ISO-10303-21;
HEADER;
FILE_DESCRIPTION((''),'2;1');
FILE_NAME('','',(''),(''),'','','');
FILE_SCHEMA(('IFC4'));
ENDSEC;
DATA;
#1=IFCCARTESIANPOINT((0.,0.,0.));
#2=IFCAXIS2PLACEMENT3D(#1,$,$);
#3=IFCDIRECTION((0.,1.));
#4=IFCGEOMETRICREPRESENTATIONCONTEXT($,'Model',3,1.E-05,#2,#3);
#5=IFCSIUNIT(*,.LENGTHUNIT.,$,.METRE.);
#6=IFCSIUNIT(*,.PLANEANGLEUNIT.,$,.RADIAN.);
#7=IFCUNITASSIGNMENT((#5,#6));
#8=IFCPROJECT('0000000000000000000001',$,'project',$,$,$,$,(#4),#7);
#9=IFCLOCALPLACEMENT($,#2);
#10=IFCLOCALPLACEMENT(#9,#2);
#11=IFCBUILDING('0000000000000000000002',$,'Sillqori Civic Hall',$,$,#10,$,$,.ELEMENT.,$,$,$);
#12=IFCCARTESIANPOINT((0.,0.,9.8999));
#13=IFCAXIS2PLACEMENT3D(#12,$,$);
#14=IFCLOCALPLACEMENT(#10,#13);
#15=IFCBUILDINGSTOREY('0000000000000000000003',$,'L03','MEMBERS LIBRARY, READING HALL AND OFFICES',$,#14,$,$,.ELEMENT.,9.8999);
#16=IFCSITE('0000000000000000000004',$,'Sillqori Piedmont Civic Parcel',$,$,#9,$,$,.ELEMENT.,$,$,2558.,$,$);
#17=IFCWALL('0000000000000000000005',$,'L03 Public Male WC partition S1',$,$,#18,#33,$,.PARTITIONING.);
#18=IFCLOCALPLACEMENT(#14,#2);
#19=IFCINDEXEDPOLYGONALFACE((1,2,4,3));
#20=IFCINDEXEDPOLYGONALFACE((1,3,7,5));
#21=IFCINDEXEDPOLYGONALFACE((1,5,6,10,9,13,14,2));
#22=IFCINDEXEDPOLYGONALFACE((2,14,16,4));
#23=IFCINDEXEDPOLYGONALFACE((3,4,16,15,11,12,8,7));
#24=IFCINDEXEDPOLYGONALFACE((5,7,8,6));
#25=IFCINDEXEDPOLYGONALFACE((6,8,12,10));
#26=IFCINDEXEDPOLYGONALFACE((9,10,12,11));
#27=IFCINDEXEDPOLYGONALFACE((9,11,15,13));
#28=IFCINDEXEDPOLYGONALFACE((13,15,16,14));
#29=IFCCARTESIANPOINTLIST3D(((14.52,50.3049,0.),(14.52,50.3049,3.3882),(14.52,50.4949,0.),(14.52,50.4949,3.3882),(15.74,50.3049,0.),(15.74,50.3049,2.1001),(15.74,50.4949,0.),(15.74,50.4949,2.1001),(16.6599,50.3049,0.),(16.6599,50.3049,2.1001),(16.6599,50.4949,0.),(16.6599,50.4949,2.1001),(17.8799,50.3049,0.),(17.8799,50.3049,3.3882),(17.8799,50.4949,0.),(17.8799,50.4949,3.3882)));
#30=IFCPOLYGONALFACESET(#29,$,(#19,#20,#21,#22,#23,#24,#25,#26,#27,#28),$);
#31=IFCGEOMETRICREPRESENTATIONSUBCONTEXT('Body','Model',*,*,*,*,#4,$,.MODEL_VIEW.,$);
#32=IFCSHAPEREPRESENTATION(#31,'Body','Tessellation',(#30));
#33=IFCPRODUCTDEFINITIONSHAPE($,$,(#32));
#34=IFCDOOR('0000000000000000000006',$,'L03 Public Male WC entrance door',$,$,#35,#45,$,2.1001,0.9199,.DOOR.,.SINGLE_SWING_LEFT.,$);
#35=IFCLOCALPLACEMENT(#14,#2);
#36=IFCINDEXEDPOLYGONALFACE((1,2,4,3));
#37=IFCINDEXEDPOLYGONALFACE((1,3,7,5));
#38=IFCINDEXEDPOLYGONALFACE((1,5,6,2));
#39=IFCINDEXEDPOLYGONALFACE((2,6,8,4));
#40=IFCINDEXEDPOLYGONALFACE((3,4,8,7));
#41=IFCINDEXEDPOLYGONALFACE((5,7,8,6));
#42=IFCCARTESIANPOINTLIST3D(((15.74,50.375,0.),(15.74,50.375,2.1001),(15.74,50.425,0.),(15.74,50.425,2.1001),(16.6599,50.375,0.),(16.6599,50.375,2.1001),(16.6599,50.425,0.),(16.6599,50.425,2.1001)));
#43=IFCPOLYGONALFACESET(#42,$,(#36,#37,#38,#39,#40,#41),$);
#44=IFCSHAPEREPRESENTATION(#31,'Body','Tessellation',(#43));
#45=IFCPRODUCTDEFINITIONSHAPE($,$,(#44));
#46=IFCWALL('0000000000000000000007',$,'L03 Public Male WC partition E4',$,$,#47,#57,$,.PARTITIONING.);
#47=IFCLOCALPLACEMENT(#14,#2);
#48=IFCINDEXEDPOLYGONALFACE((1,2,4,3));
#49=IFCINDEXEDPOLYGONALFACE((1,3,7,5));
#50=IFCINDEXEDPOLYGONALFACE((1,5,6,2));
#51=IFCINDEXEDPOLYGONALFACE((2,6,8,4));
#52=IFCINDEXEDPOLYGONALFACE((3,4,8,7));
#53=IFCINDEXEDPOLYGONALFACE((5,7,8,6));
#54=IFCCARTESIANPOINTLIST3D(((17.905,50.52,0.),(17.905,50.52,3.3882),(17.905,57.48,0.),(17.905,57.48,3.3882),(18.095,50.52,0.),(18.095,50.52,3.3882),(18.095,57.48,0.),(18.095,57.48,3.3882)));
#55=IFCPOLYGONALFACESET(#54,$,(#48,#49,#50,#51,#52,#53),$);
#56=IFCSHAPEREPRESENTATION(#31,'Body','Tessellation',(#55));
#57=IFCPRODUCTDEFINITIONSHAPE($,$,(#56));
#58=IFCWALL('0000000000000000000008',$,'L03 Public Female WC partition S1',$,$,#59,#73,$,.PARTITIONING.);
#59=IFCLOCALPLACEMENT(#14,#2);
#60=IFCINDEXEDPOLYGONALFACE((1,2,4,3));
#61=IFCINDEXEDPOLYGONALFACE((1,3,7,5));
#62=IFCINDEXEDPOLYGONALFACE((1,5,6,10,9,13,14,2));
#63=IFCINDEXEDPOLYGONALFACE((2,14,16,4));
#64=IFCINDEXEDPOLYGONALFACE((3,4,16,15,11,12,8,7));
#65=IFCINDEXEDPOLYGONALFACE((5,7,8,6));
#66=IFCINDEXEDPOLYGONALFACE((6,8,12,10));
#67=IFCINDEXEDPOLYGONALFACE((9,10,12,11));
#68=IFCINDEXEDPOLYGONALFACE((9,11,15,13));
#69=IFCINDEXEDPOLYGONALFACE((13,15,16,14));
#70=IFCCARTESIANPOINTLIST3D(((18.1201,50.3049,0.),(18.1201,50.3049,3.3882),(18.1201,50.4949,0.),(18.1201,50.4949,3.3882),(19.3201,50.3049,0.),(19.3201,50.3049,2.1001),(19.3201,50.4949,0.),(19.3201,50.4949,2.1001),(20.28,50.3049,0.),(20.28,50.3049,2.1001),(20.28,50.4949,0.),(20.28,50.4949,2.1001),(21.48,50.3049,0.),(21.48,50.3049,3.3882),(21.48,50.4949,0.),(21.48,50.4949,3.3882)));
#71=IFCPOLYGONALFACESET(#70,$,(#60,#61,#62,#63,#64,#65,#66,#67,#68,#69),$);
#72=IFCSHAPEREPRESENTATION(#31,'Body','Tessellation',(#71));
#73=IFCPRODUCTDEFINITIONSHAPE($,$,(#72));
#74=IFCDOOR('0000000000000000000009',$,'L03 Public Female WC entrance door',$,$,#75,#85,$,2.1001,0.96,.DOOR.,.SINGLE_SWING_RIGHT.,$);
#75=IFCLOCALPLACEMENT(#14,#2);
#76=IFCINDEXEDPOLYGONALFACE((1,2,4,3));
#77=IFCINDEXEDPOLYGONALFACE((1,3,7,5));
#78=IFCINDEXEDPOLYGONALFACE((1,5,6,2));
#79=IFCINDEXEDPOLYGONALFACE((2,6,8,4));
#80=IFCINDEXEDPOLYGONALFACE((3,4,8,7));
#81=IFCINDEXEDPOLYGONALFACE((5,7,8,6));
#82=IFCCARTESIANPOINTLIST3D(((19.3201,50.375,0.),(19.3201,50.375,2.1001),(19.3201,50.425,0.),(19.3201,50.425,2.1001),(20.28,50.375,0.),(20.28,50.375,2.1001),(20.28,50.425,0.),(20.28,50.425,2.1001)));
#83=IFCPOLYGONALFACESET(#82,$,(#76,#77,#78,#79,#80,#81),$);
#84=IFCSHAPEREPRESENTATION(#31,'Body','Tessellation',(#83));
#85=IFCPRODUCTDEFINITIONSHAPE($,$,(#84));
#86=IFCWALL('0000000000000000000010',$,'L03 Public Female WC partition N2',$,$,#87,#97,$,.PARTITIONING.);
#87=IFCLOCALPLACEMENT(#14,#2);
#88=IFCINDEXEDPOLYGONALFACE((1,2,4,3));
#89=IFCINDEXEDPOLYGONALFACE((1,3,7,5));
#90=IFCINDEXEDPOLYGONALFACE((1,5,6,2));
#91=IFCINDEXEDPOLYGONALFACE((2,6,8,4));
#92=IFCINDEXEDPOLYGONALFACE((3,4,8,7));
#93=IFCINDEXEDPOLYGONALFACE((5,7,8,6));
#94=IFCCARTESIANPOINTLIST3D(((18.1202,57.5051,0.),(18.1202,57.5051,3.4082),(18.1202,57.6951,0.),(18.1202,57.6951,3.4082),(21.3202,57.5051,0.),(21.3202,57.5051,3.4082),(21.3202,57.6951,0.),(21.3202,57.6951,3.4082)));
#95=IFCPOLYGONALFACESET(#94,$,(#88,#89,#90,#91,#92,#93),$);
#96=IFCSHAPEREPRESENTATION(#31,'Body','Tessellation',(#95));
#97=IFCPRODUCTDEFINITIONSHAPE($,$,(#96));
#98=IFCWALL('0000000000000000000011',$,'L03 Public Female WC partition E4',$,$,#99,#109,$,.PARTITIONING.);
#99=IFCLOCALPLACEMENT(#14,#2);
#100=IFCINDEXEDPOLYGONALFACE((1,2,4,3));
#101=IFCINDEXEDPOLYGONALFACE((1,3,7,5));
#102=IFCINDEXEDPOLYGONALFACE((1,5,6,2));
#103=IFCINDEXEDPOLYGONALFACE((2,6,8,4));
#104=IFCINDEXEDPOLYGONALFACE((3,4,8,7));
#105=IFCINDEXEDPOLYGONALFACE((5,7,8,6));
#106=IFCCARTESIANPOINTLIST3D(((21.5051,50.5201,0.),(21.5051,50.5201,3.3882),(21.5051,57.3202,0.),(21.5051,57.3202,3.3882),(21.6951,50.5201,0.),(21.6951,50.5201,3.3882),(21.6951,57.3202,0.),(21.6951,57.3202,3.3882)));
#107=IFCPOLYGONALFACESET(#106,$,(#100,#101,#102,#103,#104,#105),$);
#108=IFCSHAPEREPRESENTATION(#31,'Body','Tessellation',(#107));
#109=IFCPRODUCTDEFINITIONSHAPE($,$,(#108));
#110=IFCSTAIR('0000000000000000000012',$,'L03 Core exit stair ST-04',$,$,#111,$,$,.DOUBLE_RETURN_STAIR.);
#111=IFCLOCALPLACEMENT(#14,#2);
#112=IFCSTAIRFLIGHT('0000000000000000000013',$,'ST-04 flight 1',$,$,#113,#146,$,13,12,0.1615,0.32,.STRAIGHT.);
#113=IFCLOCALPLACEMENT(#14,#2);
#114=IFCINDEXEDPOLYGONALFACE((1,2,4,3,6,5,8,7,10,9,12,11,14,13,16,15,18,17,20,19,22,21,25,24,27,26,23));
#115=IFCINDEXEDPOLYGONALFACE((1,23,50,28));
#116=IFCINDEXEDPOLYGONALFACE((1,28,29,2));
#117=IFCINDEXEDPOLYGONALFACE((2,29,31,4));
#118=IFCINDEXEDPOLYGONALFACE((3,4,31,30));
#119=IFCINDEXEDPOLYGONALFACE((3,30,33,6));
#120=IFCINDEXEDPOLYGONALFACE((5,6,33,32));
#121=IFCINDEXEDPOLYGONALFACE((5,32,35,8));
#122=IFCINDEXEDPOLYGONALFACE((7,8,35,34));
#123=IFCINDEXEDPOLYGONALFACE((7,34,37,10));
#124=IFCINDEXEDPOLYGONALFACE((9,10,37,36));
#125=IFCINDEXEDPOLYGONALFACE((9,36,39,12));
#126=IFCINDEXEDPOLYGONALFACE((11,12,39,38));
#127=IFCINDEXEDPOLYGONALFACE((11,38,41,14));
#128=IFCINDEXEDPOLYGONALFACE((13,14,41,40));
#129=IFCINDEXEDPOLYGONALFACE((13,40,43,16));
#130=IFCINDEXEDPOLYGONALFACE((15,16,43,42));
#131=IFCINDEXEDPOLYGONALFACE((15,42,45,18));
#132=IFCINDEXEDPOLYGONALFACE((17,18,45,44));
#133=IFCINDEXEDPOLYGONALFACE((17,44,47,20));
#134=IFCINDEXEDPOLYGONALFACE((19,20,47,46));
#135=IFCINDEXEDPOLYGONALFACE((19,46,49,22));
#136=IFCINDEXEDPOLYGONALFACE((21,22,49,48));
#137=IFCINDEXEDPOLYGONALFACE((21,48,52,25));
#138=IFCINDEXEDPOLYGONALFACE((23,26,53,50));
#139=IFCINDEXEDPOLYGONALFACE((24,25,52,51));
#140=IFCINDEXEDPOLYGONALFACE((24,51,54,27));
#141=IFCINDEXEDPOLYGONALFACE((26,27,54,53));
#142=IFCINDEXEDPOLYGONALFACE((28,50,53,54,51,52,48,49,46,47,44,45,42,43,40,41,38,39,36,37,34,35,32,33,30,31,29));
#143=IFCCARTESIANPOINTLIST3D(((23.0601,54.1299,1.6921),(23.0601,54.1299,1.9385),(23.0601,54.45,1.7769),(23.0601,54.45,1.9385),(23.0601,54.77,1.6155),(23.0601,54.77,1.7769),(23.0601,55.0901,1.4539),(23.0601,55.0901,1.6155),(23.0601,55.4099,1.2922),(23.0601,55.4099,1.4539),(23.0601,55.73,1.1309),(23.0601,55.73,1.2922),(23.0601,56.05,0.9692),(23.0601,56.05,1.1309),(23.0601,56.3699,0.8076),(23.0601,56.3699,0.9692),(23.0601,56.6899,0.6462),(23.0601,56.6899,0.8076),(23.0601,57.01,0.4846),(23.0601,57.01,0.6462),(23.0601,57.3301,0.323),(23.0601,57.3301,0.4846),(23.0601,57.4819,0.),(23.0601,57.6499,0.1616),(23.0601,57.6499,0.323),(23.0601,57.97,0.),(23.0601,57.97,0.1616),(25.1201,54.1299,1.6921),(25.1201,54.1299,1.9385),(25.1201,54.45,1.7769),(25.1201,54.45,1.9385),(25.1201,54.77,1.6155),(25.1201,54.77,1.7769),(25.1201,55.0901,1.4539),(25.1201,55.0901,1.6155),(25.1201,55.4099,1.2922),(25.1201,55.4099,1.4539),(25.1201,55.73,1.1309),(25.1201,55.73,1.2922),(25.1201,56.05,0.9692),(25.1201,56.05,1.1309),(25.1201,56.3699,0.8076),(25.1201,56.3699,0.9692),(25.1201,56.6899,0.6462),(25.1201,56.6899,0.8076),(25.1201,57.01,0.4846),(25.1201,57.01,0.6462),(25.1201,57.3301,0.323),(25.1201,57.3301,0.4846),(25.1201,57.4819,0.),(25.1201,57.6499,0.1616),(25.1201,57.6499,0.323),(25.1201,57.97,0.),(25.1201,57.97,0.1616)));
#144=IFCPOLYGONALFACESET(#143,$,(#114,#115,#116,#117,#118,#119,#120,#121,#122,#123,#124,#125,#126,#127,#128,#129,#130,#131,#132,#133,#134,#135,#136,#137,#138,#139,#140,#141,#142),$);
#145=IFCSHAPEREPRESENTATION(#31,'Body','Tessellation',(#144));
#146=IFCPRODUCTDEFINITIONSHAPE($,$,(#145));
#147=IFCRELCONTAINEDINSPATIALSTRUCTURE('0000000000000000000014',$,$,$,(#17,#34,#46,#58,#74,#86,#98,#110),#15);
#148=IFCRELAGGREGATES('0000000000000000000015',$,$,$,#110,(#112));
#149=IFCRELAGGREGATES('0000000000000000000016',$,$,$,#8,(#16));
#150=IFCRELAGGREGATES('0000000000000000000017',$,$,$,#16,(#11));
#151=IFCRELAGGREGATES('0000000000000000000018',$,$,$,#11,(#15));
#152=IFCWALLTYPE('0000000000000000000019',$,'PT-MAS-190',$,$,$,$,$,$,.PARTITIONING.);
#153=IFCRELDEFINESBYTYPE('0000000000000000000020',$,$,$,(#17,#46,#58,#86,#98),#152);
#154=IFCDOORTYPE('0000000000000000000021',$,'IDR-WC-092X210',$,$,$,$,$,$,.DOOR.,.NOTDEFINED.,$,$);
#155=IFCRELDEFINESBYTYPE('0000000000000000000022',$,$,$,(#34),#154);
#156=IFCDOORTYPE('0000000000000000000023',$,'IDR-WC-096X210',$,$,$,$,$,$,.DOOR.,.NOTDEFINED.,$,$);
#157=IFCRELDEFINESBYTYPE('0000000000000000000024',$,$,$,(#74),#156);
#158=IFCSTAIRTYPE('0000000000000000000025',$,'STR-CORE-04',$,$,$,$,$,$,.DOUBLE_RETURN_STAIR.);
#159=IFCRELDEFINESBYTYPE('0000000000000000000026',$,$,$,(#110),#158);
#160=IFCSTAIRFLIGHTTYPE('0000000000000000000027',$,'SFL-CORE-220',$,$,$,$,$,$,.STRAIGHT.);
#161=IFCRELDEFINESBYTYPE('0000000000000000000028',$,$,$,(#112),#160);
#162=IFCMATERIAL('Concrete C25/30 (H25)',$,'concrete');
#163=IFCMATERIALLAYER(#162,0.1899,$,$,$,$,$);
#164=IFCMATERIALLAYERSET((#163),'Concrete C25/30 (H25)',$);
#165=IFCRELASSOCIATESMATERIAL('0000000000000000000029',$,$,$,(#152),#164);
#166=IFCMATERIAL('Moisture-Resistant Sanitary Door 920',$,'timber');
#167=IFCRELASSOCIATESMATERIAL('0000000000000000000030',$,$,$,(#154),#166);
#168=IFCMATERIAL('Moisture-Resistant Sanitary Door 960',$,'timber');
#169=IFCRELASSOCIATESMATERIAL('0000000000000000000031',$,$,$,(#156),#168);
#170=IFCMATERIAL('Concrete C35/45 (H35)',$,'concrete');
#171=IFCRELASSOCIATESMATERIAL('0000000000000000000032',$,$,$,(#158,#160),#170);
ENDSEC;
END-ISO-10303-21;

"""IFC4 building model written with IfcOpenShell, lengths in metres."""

from ifc_helpers import new_model, si_unit, direction, frame, frame_2d, origin, place, context, subcontext, project, spatial, polyline, rectangle, outline, extrude, material, layer, layer_set, type_object, element, fill, aggregate, save


model = new_model("IFC4")

# Units and contexts
model_context = context("Model", 3, precision=1e-05, world=origin(), true_north=direction((0.0, 1.0)))
body_context = subcontext(model_context, "Body", "Model", "MODEL_VIEW")
ifc_project = project(units=[si_unit("LENGTHUNIT", "METRE"), si_unit("PLANEANGLEUNIT", "RADIAN")], contexts=[model_context])

# Site, building, storey
site_placement = place(None, origin())
site = spatial("IfcSite", under=ifc_project, at=site_placement, Name="Sillqori Piedmont Civic Parcel", CompositionType="ELEMENT", RefElevation=2558.0)
building_placement = place(site_placement, origin())
building = spatial("IfcBuilding", under=site, at=building_placement, Name="Sillqori Civic Hall", CompositionType="ELEMENT")
storey_placement = place(building_placement, frame((0.0, 0.0, 9.8999)))
storey = spatial("IfcBuildingStorey", under=building, at=storey_placement, Name="L03", Description="MEMBERS LIBRARY, READING HALL AND OFFICES", CompositionType="ELEMENT", Elevation=9.8999)

# Shared definitions
ifc_material_1 = material(Name="Concrete C35/45 (H35)", Category="concrete")

# Wall, opening, door
ifc_material_2 = material(Name="Concrete C25/30 (H25)", Category="concrete")
ifc_layer_1 = layer(ifc_material_2, 0.1899)
ifc_layer_set_1 = layer_set([ifc_layer_1], Name="Concrete C25/30 (H25)")
wall_type_1 = type_object("IfcWallType", Name="PT-MAS-190", PredefinedType="PARTITIONING", material=ifc_layer_set_1)
wall_1_placement = place(storey_placement, frame((17.8799, 50.3999, 0.0), z_axis=(0.0, 0.0, 1.0), x_axis=(-1.0, 0.0, 0.0)))
wall_1 = element("IfcWall", 1, at=wall_1_placement, inside=storey, type_object=wall_type_1, Name="L03 Public Male WC partition S1", PredefinedType="PARTITIONING", context=body_context, shape_type="SweptSolid", body=[
    extrude(rectangle(XDim=3.3599, YDim=0.1899, at=frame_2d((1.6799, 0.0))), origin(), (0.0, 0.0, 1.0), 3.3882),
])
opening_1_placement = place(wall_1_placement, frame((1.22, 0.0, 0.0)))
opening_1 = element("IfcOpeningElement", 2, at=opening_1_placement, cuts=wall_1, PredefinedType="OPENING", context=body_context, shape_type="SweptSolid", body=[
    extrude(rectangle(XDim=0.9199, YDim=2.1001, at=frame_2d((0.46, 1.05))), frame((0.0, 0.105, 0.0), z_axis=(0.0, -1.0, 0.0), x_axis=(1.0, 0.0, 0.0)), (0.0, 0.0, 1.0), 0.21),
])
ifc_material_3 = material(Name="Moisture-Resistant Sanitary Door 920", Category="timber")
door_type_1 = type_object("IfcDoorType", Name="IDR-WC-092X210", OperationType="NOTDEFINED", PredefinedType="DOOR", material=ifc_material_3)
door_1_placement = place(opening_1_placement, origin())
door_1 = element("IfcDoor", 3, at=door_1_placement, inside=storey, type_object=door_type_1, Name="L03 Public Male WC entrance door", OperationType="SINGLE_SWING_LEFT", OverallHeight=2.1001, OverallWidth=0.9199, PredefinedType="DOOR", context=body_context, shape_type="SweptSolid", body=[
    extrude(rectangle(XDim=0.9199, YDim=2.1001, at=frame_2d((0.46, 1.05))), frame((0.0, 0.0249, 0.0), z_axis=(0.0, -1.0, 0.0), x_axis=(1.0, 0.0, 0.0)), (0.0, 0.0, 1.0), 0.05),
])
fill(opening_1, door_1)

# Wall
wall_2_placement = place(storey_placement, frame((18.0, 57.48, 0.0), z_axis=(0.0, 0.0, 1.0), x_axis=(0.0, -1.0, 0.0)))
element("IfcWall", 4, at=wall_2_placement, inside=storey, type_object=wall_type_1, Name="L03 Public Male WC partition E4", PredefinedType="PARTITIONING", context=body_context, shape_type="SweptSolid", body=[
    extrude(rectangle(XDim=6.96, YDim=0.1899, at=frame_2d((3.48, 0.0))), origin(), (0.0, 0.0, 1.0), 3.3882),
])

# Wall, opening, door
wall_3_placement = place(storey_placement, frame((21.48, 50.3999, 0.0), z_axis=(0.0, 0.0, 1.0), x_axis=(-1.0, 0.0, 0.0)))
wall_3 = element("IfcWall", 5, at=wall_3_placement, inside=storey, type_object=wall_type_1, Name="L03 Public Female WC partition S1", PredefinedType="PARTITIONING", context=body_context, shape_type="SweptSolid", body=[
    extrude(rectangle(XDim=3.3599, YDim=0.1899, at=frame_2d((1.6799, 0.0))), origin(), (0.0, 0.0, 1.0), 3.3882),
])
opening_2_placement = place(wall_3_placement, frame((1.2, 0.0, 0.0)))
opening_2 = element("IfcOpeningElement", 6, at=opening_2_placement, cuts=wall_3, PredefinedType="OPENING", context=body_context, shape_type="SweptSolid", body=[
    extrude(rectangle(XDim=0.96, YDim=2.1001, at=frame_2d((0.48, 1.05))), frame((0.0, 0.105, 0.0), z_axis=(0.0, -1.0, 0.0), x_axis=(1.0, 0.0, 0.0)), (0.0, 0.0, 1.0), 0.21),
])
ifc_material_4 = material(Name="Moisture-Resistant Sanitary Door 960", Category="timber")
door_type_2 = type_object("IfcDoorType", Name="IDR-WC-096X210", OperationType="NOTDEFINED", PredefinedType="DOOR", material=ifc_material_4)
door_2_placement = place(opening_2_placement, origin())
door_2 = element("IfcDoor", 7, at=door_2_placement, inside=storey, type_object=door_type_2, Name="L03 Public Female WC entrance door", OperationType="SINGLE_SWING_RIGHT", OverallHeight=2.1001, OverallWidth=0.96, PredefinedType="DOOR", context=body_context, shape_type="SweptSolid", body=[
    extrude(rectangle(XDim=0.96, YDim=2.1001, at=frame_2d((0.48, 1.05))), frame((0.0, 0.0249, 0.0), z_axis=(0.0, -1.0, 0.0), x_axis=(1.0, 0.0, 0.0)), (0.0, 0.0, 1.0), 0.05),
])
fill(opening_2, door_2)

# Walls
wall_4_placement = place(storey_placement, frame((18.1201, 57.6001, 0.0), z_axis=(0.0, 0.0, 1.0), x_axis=(1.0, 0.0, 0.0)))
element("IfcWall", 8, at=wall_4_placement, inside=storey, type_object=wall_type_1, Name="L03 Public Female WC partition N2", PredefinedType="PARTITIONING", context=body_context, shape_type="SweptSolid", body=[
    extrude(rectangle(XDim=3.2, YDim=0.1899, at=frame_2d((1.6001, 0.0))), origin(), (0.0, 0.0, 1.0), 3.4082),
])
wall_5_placement = place(storey_placement, frame((21.6001, 57.3201, 0.0), z_axis=(0.0, 0.0, 1.0), x_axis=(0.0, -1.0, 0.0)))
element("IfcWall", 9, at=wall_5_placement, inside=storey, type_object=wall_type_1, Name="L03 Public Female WC partition E4", PredefinedType="PARTITIONING", context=body_context, shape_type="SweptSolid", body=[
    extrude(rectangle(XDim=6.8, YDim=0.1899, at=frame_2d((3.3999, 0.0))), origin(), (0.0, 0.0, 1.0), 3.3882),
])

# Stair, stair flight
stair_type = type_object("IfcStairType", Name="STR-CORE-04", PredefinedType="DOUBLE_RETURN_STAIR", material=ifc_material_1)
stair_placement = place(storey_placement, origin())
stair = element("IfcStair", 10, at=stair_placement, inside=storey, type_object=stair_type, Name="L03 Core exit stair ST-04", PredefinedType="DOUBLE_RETURN_STAIR")
stair_flight_type = type_object("IfcStairFlightType", Name="SFL-CORE-220", PredefinedType="STRAIGHT", material=ifc_material_1)
stair_flight_1_placement = place(storey_placement, frame((24.0901, 57.97, 0.0), z_axis=(0.0, 0.0, 1.0), x_axis=(0.0, -1.0, 0.0)))
stair_flight_1 = element("IfcStairFlight", 11, at=stair_flight_1_placement, type_object=stair_flight_type, Name="ST-04 flight 1", NumberOfRisers=13, NumberOfTreads=12, PredefinedType="STRAIGHT", RiserHeight=0.1615, TreadLength=0.32, context=body_context, shape_type="SweptSolid", body=[
    extrude(outline(polyline([(0.0, 0.0), (0.0, 0.1616), (0.3201, 0.1616), (0.3201, 0.323), (0.6399, 0.323), (0.6399, 0.4846), (0.96, 0.4846), (0.96, 0.6462), (1.28, 0.6462), (1.28, 0.8076), (1.6001, 0.8076), (1.6001, 0.9692), (1.9199, 0.9692), (1.9199, 1.1309), (2.24, 1.1309), (2.24, 1.2922), (2.5601, 1.2922), (2.5601, 1.4539), (2.8799, 1.4539), (2.8799, 1.6155), (3.2, 1.6155), (3.2, 1.7769), (3.52, 1.7769), (3.52, 1.9385), (3.8401, 1.9385), (3.8401, 2.1001), (3.8401, 1.6921), (0.488, 0.0), (0.0, 0.0)])), frame((0.0, 1.03, 0.0), z_axis=(0.0, -1.0, 0.0), x_axis=(1.0, 0.0, 0.0)), (0.0, 0.0, 1.0), 2.0601),
])
aggregate(stair, [stair_flight_1])

save(model, "model.ifc")
